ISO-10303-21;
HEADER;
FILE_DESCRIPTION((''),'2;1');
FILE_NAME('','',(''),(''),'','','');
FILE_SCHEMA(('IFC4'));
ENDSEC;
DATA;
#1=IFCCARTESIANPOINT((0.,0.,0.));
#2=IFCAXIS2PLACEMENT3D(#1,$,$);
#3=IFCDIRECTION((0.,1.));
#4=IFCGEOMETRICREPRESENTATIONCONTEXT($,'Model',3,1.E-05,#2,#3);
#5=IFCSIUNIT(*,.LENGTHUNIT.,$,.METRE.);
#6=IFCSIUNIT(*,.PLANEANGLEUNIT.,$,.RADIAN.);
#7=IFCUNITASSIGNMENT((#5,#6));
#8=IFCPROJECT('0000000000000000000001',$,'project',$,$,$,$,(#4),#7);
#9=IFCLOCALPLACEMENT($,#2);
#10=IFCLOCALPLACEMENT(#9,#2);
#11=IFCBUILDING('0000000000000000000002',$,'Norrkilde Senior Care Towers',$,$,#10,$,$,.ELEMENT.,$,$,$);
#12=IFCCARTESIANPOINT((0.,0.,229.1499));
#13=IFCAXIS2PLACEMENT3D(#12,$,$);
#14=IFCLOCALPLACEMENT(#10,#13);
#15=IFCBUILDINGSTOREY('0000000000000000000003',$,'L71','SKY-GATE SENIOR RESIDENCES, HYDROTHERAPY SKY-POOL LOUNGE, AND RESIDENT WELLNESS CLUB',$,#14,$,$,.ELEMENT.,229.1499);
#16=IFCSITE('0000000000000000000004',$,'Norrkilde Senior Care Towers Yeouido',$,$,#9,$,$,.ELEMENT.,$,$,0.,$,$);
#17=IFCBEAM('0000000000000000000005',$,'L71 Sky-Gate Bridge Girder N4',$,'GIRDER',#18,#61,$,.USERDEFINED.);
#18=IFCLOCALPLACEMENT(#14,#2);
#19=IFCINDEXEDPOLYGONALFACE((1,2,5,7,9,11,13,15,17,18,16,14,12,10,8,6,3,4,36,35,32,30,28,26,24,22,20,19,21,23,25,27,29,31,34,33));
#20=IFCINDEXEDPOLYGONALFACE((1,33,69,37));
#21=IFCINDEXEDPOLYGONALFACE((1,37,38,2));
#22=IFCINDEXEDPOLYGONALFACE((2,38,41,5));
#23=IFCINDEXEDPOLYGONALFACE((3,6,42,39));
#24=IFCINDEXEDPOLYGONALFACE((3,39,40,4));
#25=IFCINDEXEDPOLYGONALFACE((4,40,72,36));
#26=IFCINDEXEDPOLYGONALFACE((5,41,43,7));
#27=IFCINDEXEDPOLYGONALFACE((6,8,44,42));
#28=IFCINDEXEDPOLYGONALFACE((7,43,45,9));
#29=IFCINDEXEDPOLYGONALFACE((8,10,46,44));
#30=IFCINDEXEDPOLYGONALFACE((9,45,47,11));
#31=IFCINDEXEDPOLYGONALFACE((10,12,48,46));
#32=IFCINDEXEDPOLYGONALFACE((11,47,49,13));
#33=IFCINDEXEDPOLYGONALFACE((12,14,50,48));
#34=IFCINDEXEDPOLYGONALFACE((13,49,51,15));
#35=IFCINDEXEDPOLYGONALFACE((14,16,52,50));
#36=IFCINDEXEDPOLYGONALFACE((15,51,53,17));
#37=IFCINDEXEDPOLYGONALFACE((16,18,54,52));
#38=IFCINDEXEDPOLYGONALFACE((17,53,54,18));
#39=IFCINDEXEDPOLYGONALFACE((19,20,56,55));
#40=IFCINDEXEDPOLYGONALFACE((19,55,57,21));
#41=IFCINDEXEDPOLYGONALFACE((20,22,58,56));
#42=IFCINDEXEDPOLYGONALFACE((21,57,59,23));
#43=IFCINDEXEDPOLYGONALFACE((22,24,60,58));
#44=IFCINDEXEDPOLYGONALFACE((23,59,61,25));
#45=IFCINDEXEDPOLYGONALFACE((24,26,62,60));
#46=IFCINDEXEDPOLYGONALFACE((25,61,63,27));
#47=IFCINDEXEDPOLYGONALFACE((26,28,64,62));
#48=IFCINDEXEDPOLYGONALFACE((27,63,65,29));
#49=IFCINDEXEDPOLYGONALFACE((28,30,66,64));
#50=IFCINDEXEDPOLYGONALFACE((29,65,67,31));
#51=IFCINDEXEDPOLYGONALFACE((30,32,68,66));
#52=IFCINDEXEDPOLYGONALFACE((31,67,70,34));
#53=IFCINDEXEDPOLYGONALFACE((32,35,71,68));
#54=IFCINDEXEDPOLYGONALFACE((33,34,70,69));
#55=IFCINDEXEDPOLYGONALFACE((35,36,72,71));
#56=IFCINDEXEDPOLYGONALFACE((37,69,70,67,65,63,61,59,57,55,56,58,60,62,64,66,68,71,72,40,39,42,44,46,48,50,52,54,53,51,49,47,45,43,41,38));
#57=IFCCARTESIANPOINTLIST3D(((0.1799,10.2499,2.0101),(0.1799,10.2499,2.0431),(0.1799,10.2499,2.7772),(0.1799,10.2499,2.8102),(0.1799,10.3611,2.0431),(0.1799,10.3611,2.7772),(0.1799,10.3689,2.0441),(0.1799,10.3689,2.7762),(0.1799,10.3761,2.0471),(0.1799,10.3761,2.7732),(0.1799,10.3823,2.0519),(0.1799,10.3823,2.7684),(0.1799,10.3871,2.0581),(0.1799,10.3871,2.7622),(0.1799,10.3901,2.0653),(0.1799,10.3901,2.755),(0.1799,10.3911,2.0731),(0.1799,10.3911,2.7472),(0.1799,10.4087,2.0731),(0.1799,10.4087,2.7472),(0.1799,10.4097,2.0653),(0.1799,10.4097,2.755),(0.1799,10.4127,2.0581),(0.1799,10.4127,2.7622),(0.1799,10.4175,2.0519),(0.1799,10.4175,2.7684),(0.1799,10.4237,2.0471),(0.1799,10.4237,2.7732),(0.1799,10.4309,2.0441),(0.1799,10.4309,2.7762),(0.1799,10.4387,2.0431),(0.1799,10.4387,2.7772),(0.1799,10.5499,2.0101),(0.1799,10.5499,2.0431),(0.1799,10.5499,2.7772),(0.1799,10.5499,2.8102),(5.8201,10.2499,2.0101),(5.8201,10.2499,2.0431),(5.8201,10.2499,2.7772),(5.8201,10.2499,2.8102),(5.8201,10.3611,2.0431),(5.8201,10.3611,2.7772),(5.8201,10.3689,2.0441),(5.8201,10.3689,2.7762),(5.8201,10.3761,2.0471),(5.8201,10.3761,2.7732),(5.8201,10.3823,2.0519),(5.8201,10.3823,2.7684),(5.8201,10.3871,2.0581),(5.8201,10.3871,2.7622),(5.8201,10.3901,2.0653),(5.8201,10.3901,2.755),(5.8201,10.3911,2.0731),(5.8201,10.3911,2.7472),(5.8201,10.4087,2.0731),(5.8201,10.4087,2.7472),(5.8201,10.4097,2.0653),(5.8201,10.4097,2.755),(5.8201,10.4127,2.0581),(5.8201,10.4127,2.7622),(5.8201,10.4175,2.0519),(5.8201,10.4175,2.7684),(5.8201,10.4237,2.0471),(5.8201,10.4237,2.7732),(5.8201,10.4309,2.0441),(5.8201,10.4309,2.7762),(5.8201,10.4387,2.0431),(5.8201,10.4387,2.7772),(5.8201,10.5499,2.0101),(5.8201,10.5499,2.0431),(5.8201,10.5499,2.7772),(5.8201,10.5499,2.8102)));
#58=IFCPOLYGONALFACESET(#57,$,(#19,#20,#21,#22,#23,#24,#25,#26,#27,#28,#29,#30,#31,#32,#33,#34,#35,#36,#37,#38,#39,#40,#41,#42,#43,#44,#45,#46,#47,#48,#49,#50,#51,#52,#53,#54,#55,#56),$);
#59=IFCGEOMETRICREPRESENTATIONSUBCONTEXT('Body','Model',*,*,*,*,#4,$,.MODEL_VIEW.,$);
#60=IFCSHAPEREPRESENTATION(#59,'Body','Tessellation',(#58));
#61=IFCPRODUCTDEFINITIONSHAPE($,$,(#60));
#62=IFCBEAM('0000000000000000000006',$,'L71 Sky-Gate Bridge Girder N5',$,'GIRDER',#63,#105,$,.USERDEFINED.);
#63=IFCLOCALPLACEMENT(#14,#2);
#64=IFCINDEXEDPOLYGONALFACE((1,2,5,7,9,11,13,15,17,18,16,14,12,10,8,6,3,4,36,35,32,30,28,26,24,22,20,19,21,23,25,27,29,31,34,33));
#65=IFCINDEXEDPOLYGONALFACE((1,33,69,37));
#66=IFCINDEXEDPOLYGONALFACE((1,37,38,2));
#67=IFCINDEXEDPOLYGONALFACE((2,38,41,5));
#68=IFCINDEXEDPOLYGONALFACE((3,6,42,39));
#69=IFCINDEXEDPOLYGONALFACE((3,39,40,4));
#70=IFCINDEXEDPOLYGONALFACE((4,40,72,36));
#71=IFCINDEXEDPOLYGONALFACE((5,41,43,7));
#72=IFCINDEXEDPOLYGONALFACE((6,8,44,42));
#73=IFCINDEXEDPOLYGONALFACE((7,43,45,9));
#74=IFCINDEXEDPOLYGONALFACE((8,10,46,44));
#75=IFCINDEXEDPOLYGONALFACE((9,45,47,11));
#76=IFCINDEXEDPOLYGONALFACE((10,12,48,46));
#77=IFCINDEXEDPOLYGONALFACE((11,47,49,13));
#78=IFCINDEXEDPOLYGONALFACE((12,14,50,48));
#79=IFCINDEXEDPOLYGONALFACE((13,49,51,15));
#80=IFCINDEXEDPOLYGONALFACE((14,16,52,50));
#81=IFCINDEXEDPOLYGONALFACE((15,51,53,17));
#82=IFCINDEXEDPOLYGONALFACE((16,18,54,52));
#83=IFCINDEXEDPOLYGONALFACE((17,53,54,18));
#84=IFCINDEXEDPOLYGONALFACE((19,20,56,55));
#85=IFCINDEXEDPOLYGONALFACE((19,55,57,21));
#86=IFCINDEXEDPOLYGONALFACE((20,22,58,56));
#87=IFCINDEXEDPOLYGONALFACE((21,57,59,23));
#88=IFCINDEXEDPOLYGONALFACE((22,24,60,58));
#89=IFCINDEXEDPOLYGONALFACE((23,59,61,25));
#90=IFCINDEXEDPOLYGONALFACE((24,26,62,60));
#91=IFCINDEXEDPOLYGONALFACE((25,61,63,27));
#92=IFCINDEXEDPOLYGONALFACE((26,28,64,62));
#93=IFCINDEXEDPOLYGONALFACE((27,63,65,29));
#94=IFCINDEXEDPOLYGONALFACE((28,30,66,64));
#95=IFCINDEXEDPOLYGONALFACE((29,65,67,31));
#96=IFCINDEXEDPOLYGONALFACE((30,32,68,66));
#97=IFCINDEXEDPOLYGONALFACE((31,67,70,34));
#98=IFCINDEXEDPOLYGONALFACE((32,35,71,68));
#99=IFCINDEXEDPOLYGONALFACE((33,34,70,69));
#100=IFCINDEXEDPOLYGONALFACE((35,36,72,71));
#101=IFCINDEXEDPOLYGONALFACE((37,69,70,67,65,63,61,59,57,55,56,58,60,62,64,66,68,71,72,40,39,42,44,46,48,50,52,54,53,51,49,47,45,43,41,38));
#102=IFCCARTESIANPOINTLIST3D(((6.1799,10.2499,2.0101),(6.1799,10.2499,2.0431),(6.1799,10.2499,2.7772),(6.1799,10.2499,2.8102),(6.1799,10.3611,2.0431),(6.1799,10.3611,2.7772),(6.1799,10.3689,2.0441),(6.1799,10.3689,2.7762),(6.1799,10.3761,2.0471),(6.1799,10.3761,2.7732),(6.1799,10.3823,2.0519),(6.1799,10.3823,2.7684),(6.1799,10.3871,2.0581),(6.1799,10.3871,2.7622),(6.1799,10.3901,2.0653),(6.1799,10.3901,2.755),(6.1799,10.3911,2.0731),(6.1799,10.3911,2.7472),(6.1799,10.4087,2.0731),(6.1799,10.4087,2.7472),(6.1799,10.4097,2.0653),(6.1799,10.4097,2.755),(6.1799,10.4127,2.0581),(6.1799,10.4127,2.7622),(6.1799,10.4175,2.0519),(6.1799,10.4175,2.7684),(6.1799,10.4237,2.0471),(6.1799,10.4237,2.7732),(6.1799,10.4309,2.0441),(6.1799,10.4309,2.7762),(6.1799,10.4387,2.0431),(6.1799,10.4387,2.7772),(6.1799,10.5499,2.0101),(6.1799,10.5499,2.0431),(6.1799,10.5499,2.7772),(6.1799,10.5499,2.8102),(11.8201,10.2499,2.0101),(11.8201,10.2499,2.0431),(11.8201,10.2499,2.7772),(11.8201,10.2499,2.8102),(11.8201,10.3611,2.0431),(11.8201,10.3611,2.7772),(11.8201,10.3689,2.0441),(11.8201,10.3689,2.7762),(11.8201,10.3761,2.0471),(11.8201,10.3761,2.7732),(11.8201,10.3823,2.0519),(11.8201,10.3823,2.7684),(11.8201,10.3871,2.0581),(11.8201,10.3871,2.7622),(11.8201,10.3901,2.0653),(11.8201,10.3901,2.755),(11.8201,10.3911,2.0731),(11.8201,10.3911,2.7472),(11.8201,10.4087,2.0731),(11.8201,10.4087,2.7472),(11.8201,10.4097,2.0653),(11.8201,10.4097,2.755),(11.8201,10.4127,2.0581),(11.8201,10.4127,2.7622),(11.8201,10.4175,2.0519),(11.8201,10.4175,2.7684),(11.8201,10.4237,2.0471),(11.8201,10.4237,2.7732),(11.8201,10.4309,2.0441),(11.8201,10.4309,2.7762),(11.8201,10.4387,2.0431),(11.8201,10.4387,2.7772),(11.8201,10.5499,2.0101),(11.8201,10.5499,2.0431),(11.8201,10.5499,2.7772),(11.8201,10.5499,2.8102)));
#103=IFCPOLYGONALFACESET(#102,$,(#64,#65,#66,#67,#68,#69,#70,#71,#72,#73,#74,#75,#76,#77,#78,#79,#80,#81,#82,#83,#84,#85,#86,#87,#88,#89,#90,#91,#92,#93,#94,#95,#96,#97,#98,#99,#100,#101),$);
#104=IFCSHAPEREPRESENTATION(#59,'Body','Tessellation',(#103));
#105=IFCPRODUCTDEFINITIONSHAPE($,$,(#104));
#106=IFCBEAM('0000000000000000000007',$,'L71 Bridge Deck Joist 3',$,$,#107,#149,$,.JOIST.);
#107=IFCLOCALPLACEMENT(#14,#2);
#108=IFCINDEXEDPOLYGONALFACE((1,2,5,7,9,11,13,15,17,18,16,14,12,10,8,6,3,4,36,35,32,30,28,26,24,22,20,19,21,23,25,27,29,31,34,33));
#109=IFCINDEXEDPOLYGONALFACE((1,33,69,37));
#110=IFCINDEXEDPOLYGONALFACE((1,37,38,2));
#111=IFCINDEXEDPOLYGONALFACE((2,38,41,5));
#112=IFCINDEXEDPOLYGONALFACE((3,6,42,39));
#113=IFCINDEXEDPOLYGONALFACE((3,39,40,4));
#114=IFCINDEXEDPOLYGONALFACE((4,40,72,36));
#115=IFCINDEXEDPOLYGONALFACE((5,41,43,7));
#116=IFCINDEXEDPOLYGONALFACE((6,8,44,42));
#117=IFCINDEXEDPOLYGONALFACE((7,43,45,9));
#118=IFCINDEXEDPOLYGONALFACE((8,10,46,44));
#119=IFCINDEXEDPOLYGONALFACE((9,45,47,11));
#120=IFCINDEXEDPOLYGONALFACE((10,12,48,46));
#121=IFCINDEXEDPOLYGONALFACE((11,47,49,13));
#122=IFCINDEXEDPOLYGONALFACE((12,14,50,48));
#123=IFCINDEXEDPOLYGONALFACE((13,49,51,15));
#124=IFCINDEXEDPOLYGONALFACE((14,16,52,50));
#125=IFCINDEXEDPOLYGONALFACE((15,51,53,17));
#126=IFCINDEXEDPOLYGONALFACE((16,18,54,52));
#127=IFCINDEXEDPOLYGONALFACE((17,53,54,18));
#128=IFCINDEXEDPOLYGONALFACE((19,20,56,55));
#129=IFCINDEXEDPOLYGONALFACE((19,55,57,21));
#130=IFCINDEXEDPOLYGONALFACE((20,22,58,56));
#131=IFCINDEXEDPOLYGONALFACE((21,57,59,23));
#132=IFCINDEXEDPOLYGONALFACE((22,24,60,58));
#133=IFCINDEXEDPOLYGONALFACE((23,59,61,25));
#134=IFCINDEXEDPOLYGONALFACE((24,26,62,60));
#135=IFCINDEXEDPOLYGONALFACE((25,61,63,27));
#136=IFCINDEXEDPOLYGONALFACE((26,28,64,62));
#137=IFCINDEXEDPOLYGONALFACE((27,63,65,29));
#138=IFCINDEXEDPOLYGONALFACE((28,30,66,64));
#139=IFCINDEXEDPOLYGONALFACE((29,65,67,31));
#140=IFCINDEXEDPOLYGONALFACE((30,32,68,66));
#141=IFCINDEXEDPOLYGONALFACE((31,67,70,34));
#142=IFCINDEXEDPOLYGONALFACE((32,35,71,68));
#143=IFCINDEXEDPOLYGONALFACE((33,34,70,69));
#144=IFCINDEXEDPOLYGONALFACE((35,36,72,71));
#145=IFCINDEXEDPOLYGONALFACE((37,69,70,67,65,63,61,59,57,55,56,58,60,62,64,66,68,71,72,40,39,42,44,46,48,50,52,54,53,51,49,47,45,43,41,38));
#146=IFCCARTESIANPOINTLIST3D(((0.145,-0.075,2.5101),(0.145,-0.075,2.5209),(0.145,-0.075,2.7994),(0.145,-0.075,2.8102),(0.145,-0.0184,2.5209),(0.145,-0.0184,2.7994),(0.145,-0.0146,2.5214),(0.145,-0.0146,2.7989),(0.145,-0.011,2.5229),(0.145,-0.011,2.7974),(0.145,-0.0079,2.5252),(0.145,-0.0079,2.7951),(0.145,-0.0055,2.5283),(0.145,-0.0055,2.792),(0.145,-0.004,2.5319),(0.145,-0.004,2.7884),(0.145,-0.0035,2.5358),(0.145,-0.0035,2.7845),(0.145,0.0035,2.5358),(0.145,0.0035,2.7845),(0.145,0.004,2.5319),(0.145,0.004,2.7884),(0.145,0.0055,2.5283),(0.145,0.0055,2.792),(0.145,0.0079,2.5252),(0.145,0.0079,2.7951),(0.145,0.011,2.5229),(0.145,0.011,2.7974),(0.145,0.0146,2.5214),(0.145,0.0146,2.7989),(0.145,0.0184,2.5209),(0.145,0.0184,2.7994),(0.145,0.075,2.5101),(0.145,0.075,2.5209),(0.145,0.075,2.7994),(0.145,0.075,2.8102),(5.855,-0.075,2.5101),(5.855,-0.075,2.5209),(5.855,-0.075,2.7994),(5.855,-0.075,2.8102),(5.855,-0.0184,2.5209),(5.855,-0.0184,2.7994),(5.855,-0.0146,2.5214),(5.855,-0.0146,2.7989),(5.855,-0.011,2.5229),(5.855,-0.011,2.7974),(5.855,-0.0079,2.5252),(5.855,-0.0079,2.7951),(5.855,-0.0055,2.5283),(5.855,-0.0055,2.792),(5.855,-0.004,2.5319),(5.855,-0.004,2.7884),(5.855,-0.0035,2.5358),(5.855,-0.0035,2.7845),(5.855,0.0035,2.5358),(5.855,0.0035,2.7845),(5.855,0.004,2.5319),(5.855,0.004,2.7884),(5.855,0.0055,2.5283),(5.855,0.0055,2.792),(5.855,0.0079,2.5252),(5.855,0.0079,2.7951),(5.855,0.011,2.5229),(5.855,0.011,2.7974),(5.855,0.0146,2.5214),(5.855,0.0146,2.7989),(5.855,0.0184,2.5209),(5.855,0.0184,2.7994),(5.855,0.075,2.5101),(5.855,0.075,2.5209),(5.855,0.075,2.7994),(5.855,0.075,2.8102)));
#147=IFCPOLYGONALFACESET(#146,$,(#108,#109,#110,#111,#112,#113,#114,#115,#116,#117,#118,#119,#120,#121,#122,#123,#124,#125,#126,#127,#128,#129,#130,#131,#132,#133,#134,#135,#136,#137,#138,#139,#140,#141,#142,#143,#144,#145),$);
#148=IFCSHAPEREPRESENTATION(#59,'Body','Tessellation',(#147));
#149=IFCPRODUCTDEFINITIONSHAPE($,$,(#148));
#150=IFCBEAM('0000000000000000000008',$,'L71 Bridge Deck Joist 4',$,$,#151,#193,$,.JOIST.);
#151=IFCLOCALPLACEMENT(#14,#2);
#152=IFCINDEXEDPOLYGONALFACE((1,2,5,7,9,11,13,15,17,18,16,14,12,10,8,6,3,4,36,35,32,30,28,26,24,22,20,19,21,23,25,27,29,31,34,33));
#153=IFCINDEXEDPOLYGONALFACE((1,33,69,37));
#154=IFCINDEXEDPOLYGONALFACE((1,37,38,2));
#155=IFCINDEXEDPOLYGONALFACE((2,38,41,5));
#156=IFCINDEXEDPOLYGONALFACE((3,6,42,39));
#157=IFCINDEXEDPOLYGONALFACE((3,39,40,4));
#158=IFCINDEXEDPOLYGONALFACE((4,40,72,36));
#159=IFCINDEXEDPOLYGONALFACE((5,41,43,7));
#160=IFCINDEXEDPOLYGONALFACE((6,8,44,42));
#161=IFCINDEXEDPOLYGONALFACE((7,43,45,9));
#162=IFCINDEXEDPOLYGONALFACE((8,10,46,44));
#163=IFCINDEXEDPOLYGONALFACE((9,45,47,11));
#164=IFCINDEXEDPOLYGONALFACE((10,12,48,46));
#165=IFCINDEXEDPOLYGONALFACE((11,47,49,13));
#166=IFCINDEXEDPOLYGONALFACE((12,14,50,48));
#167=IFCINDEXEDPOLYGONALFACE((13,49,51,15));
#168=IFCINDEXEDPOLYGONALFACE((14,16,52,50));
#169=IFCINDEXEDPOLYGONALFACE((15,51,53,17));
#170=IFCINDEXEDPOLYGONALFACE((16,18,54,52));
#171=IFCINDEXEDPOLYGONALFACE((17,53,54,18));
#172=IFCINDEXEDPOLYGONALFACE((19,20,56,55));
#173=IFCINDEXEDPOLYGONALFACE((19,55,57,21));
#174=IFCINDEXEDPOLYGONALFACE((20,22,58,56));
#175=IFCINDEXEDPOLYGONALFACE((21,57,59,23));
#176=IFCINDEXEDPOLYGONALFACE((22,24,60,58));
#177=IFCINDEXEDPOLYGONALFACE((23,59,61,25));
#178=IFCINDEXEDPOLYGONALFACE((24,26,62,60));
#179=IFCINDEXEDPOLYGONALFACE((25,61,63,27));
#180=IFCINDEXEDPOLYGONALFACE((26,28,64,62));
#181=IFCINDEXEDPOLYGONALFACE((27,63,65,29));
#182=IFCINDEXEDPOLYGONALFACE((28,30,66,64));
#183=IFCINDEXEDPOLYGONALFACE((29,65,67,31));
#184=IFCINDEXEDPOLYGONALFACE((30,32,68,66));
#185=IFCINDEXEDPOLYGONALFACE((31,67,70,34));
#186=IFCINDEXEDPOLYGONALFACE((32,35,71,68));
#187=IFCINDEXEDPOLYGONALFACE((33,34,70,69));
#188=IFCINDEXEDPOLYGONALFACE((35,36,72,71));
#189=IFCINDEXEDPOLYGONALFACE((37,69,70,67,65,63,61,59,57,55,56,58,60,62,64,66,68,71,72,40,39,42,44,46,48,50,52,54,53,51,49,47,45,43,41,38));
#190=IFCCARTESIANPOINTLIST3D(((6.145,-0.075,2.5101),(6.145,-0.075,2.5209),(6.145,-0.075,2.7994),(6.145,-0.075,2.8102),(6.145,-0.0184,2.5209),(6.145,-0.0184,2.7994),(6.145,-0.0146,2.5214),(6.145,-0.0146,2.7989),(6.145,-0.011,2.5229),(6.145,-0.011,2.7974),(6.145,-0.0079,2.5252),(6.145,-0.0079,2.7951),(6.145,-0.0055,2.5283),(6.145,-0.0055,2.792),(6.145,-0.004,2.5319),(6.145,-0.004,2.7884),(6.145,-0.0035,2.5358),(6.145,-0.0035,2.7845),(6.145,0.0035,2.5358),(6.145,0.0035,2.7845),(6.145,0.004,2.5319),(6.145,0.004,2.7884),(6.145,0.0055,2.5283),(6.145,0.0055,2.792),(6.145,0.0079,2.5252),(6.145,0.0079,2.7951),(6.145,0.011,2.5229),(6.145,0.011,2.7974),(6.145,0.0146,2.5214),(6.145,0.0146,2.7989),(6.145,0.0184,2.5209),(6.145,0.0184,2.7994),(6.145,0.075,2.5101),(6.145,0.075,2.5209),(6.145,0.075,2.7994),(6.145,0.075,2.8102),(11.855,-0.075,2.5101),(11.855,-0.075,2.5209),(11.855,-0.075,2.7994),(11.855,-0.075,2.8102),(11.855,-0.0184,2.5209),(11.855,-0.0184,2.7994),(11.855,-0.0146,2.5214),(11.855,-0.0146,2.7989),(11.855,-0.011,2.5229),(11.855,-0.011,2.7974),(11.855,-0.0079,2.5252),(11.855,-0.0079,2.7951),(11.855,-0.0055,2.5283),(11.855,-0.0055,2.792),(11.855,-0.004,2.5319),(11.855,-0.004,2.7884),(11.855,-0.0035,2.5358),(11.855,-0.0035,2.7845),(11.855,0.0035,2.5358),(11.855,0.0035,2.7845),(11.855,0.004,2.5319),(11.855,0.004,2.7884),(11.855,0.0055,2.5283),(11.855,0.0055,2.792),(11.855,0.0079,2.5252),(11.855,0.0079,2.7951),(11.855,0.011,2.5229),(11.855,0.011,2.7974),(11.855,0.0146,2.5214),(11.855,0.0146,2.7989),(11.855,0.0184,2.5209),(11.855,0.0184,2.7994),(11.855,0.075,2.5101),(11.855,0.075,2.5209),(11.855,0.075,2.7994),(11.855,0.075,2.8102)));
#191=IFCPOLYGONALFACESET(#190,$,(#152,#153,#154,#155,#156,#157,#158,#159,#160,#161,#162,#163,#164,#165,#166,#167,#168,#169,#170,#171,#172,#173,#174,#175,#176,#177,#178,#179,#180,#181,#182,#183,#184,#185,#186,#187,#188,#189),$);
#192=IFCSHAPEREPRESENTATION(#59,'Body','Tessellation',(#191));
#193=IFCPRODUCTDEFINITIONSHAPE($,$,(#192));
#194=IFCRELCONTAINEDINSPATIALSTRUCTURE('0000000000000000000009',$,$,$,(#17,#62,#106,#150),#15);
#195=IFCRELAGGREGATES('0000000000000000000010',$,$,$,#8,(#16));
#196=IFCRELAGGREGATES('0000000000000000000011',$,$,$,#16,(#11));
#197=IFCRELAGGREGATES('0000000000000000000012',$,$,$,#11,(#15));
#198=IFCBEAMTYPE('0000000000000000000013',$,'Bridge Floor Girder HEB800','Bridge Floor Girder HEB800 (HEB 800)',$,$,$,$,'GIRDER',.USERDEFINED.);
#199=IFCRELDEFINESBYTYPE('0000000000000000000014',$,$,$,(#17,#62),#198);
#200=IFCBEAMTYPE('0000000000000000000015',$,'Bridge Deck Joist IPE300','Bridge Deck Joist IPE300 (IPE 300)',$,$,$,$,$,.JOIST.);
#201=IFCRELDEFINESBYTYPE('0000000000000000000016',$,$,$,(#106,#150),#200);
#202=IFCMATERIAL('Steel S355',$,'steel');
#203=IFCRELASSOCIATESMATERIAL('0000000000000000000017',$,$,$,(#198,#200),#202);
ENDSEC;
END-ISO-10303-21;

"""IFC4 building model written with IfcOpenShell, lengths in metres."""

from ifc_helpers import new_model, si_unit, direction, frame, origin, origin_2d, place, context, subcontext, project, spatial, i_section, extrude, source, transform, mapped, material, material_profile, profile_set, type_object, type_shapes, element, save


model = new_model("IFC4")

# Units and contexts
model_context = context("Model", 3, precision=1e-05, world=origin(), true_north=direction((0.0, 1.0)))
body_context = subcontext(model_context, "Body", "Model", "MODEL_VIEW")
ifc_project = project(units=[si_unit("LENGTHUNIT", "METRE"), si_unit("PLANEANGLEUNIT", "RADIAN")], contexts=[model_context])

# Site, building, storey
site_placement = place(None, origin())
site = spatial("IfcSite", under=ifc_project, at=site_placement, Name="Norrkilde Senior Care Towers Yeouido", CompositionType="ELEMENT", RefElevation=0.0)
building_placement = place(site_placement, origin())
building = spatial("IfcBuilding", under=site, at=building_placement, Name="Norrkilde Senior Care Towers", CompositionType="ELEMENT")
storey_placement = place(building_placement, frame((0.0, 0.0, 229.1499)))
storey = spatial("IfcBuildingStorey", under=building, at=storey_placement, Name="L71", Description="SKY-GATE SENIOR RESIDENCES, HYDROTHERAPY SKY-POOL LOUNGE, AND RESIDENT WELLNESS CLUB", CompositionType="ELEMENT", Elevation=229.1499)

# Shared definitions
ifc_material_1 = material(Name="Steel S355", Category="steel")

# Beams
ifc_material_profile_1 = material_profile(ifc_material_1, i_section(OverallWidth=0.3, OverallDepth=0.8, WebThickness=0.0176, FlangeThickness=0.033, FilletRadius=0.03, at=origin_2d()), Name="HEB 800")
ifc_profile_set_1 = profile_set([ifc_material_profile_1], Name="Steel S355")
beam_type_1 = type_object("IfcBeamType", Name="Bridge Floor Girder HEB800", Description="Bridge Floor Girder HEB800 (HEB 800)", ElementType="GIRDER", PredefinedType="USERDEFINED", material=ifc_profile_set_1)
shared_shape_1 = source(origin(), body_context, "Body", "SweptSolid", [
    extrude(i_section(OverallWidth=0.3, OverallDepth=0.8, WebThickness=0.0176, FlangeThickness=0.033, FilletRadius=0.03, at=origin_2d()), origin(), (0.0, 0.0, 1.0), 5.6401),
])
type_shapes(beam_type_1, [shared_shape_1])
for number, where, z_axis, x_axis, name in (
    (1, (0.1799, 10.3999, 2.4102), (1.0, 0.0, 0.0), (0.0, 1.0, 0.0), "L71 Sky-Gate Bridge Girder N4"),
    (2, (6.1799, 10.3999, 2.4102), (1.0, 0.0, 0.0), (0.0, 1.0, 0.0), "L71 Sky-Gate Bridge Girder N5"),
):
    element("IfcBeam", number, at=place(storey_placement, frame(where, z_axis=z_axis, x_axis=x_axis)), inside=storey, type_object=beam_type_1, Name=name, ObjectType="GIRDER", PredefinedType="USERDEFINED", context=body_context, shape_type="MappedRepresentation", body=[
        mapped(shared_shape_1, transform((0.0, 0.0, 0.0), x_axis=(1.0, 0.0, 0.0), y_axis=(0.0, 1.0, 0.0), z_axis=(0.0, 0.0, 1.0), scale=1.0)),
    ])
ifc_material_profile_2 = material_profile(ifc_material_1, i_section(OverallWidth=0.1499, OverallDepth=0.3, WebThickness=0.0071, FlangeThickness=0.0107, FilletRadius=0.0149, at=origin_2d()), Name="IPE 300")
ifc_profile_set_2 = profile_set([ifc_material_profile_2], Name="Steel S355")
beam_type_2 = type_object("IfcBeamType", Name="Bridge Deck Joist IPE300", Description="Bridge Deck Joist IPE300 (IPE 300)", PredefinedType="JOIST", material=ifc_profile_set_2)
shared_shape_2 = source(origin(), body_context, "Body", "SweptSolid", [
    extrude(i_section(OverallWidth=0.1499, OverallDepth=0.3, WebThickness=0.0071, FlangeThickness=0.0107, FilletRadius=0.0149, at=origin_2d()), origin(), (0.0, 0.0, 1.0), 5.71),
])
type_shapes(beam_type_2, [shared_shape_2])
for number, where, z_axis, x_axis, name in (
    (3, (0.145, 0.0, 2.6602), (1.0, 0.0, 0.0), (0.0, 1.0, 0.0), "L71 Bridge Deck Joist 3"),
    (4, (6.145, 0.0, 2.6602), (1.0, 0.0, 0.0), (0.0, 1.0, 0.0), "L71 Bridge Deck Joist 4"),
):
    element("IfcBeam", number, at=place(storey_placement, frame(where, z_axis=z_axis, x_axis=x_axis)), inside=storey, type_object=beam_type_2, Name=name, PredefinedType="JOIST", context=body_context, shape_type="MappedRepresentation", body=[
        mapped(shared_shape_2, transform((0.0, 0.0, 0.0), x_axis=(1.0, 0.0, 0.0), y_axis=(0.0, 1.0, 0.0), z_axis=(0.0, 0.0, 1.0), scale=1.0)),
    ])

save(model, "model.ifc")
